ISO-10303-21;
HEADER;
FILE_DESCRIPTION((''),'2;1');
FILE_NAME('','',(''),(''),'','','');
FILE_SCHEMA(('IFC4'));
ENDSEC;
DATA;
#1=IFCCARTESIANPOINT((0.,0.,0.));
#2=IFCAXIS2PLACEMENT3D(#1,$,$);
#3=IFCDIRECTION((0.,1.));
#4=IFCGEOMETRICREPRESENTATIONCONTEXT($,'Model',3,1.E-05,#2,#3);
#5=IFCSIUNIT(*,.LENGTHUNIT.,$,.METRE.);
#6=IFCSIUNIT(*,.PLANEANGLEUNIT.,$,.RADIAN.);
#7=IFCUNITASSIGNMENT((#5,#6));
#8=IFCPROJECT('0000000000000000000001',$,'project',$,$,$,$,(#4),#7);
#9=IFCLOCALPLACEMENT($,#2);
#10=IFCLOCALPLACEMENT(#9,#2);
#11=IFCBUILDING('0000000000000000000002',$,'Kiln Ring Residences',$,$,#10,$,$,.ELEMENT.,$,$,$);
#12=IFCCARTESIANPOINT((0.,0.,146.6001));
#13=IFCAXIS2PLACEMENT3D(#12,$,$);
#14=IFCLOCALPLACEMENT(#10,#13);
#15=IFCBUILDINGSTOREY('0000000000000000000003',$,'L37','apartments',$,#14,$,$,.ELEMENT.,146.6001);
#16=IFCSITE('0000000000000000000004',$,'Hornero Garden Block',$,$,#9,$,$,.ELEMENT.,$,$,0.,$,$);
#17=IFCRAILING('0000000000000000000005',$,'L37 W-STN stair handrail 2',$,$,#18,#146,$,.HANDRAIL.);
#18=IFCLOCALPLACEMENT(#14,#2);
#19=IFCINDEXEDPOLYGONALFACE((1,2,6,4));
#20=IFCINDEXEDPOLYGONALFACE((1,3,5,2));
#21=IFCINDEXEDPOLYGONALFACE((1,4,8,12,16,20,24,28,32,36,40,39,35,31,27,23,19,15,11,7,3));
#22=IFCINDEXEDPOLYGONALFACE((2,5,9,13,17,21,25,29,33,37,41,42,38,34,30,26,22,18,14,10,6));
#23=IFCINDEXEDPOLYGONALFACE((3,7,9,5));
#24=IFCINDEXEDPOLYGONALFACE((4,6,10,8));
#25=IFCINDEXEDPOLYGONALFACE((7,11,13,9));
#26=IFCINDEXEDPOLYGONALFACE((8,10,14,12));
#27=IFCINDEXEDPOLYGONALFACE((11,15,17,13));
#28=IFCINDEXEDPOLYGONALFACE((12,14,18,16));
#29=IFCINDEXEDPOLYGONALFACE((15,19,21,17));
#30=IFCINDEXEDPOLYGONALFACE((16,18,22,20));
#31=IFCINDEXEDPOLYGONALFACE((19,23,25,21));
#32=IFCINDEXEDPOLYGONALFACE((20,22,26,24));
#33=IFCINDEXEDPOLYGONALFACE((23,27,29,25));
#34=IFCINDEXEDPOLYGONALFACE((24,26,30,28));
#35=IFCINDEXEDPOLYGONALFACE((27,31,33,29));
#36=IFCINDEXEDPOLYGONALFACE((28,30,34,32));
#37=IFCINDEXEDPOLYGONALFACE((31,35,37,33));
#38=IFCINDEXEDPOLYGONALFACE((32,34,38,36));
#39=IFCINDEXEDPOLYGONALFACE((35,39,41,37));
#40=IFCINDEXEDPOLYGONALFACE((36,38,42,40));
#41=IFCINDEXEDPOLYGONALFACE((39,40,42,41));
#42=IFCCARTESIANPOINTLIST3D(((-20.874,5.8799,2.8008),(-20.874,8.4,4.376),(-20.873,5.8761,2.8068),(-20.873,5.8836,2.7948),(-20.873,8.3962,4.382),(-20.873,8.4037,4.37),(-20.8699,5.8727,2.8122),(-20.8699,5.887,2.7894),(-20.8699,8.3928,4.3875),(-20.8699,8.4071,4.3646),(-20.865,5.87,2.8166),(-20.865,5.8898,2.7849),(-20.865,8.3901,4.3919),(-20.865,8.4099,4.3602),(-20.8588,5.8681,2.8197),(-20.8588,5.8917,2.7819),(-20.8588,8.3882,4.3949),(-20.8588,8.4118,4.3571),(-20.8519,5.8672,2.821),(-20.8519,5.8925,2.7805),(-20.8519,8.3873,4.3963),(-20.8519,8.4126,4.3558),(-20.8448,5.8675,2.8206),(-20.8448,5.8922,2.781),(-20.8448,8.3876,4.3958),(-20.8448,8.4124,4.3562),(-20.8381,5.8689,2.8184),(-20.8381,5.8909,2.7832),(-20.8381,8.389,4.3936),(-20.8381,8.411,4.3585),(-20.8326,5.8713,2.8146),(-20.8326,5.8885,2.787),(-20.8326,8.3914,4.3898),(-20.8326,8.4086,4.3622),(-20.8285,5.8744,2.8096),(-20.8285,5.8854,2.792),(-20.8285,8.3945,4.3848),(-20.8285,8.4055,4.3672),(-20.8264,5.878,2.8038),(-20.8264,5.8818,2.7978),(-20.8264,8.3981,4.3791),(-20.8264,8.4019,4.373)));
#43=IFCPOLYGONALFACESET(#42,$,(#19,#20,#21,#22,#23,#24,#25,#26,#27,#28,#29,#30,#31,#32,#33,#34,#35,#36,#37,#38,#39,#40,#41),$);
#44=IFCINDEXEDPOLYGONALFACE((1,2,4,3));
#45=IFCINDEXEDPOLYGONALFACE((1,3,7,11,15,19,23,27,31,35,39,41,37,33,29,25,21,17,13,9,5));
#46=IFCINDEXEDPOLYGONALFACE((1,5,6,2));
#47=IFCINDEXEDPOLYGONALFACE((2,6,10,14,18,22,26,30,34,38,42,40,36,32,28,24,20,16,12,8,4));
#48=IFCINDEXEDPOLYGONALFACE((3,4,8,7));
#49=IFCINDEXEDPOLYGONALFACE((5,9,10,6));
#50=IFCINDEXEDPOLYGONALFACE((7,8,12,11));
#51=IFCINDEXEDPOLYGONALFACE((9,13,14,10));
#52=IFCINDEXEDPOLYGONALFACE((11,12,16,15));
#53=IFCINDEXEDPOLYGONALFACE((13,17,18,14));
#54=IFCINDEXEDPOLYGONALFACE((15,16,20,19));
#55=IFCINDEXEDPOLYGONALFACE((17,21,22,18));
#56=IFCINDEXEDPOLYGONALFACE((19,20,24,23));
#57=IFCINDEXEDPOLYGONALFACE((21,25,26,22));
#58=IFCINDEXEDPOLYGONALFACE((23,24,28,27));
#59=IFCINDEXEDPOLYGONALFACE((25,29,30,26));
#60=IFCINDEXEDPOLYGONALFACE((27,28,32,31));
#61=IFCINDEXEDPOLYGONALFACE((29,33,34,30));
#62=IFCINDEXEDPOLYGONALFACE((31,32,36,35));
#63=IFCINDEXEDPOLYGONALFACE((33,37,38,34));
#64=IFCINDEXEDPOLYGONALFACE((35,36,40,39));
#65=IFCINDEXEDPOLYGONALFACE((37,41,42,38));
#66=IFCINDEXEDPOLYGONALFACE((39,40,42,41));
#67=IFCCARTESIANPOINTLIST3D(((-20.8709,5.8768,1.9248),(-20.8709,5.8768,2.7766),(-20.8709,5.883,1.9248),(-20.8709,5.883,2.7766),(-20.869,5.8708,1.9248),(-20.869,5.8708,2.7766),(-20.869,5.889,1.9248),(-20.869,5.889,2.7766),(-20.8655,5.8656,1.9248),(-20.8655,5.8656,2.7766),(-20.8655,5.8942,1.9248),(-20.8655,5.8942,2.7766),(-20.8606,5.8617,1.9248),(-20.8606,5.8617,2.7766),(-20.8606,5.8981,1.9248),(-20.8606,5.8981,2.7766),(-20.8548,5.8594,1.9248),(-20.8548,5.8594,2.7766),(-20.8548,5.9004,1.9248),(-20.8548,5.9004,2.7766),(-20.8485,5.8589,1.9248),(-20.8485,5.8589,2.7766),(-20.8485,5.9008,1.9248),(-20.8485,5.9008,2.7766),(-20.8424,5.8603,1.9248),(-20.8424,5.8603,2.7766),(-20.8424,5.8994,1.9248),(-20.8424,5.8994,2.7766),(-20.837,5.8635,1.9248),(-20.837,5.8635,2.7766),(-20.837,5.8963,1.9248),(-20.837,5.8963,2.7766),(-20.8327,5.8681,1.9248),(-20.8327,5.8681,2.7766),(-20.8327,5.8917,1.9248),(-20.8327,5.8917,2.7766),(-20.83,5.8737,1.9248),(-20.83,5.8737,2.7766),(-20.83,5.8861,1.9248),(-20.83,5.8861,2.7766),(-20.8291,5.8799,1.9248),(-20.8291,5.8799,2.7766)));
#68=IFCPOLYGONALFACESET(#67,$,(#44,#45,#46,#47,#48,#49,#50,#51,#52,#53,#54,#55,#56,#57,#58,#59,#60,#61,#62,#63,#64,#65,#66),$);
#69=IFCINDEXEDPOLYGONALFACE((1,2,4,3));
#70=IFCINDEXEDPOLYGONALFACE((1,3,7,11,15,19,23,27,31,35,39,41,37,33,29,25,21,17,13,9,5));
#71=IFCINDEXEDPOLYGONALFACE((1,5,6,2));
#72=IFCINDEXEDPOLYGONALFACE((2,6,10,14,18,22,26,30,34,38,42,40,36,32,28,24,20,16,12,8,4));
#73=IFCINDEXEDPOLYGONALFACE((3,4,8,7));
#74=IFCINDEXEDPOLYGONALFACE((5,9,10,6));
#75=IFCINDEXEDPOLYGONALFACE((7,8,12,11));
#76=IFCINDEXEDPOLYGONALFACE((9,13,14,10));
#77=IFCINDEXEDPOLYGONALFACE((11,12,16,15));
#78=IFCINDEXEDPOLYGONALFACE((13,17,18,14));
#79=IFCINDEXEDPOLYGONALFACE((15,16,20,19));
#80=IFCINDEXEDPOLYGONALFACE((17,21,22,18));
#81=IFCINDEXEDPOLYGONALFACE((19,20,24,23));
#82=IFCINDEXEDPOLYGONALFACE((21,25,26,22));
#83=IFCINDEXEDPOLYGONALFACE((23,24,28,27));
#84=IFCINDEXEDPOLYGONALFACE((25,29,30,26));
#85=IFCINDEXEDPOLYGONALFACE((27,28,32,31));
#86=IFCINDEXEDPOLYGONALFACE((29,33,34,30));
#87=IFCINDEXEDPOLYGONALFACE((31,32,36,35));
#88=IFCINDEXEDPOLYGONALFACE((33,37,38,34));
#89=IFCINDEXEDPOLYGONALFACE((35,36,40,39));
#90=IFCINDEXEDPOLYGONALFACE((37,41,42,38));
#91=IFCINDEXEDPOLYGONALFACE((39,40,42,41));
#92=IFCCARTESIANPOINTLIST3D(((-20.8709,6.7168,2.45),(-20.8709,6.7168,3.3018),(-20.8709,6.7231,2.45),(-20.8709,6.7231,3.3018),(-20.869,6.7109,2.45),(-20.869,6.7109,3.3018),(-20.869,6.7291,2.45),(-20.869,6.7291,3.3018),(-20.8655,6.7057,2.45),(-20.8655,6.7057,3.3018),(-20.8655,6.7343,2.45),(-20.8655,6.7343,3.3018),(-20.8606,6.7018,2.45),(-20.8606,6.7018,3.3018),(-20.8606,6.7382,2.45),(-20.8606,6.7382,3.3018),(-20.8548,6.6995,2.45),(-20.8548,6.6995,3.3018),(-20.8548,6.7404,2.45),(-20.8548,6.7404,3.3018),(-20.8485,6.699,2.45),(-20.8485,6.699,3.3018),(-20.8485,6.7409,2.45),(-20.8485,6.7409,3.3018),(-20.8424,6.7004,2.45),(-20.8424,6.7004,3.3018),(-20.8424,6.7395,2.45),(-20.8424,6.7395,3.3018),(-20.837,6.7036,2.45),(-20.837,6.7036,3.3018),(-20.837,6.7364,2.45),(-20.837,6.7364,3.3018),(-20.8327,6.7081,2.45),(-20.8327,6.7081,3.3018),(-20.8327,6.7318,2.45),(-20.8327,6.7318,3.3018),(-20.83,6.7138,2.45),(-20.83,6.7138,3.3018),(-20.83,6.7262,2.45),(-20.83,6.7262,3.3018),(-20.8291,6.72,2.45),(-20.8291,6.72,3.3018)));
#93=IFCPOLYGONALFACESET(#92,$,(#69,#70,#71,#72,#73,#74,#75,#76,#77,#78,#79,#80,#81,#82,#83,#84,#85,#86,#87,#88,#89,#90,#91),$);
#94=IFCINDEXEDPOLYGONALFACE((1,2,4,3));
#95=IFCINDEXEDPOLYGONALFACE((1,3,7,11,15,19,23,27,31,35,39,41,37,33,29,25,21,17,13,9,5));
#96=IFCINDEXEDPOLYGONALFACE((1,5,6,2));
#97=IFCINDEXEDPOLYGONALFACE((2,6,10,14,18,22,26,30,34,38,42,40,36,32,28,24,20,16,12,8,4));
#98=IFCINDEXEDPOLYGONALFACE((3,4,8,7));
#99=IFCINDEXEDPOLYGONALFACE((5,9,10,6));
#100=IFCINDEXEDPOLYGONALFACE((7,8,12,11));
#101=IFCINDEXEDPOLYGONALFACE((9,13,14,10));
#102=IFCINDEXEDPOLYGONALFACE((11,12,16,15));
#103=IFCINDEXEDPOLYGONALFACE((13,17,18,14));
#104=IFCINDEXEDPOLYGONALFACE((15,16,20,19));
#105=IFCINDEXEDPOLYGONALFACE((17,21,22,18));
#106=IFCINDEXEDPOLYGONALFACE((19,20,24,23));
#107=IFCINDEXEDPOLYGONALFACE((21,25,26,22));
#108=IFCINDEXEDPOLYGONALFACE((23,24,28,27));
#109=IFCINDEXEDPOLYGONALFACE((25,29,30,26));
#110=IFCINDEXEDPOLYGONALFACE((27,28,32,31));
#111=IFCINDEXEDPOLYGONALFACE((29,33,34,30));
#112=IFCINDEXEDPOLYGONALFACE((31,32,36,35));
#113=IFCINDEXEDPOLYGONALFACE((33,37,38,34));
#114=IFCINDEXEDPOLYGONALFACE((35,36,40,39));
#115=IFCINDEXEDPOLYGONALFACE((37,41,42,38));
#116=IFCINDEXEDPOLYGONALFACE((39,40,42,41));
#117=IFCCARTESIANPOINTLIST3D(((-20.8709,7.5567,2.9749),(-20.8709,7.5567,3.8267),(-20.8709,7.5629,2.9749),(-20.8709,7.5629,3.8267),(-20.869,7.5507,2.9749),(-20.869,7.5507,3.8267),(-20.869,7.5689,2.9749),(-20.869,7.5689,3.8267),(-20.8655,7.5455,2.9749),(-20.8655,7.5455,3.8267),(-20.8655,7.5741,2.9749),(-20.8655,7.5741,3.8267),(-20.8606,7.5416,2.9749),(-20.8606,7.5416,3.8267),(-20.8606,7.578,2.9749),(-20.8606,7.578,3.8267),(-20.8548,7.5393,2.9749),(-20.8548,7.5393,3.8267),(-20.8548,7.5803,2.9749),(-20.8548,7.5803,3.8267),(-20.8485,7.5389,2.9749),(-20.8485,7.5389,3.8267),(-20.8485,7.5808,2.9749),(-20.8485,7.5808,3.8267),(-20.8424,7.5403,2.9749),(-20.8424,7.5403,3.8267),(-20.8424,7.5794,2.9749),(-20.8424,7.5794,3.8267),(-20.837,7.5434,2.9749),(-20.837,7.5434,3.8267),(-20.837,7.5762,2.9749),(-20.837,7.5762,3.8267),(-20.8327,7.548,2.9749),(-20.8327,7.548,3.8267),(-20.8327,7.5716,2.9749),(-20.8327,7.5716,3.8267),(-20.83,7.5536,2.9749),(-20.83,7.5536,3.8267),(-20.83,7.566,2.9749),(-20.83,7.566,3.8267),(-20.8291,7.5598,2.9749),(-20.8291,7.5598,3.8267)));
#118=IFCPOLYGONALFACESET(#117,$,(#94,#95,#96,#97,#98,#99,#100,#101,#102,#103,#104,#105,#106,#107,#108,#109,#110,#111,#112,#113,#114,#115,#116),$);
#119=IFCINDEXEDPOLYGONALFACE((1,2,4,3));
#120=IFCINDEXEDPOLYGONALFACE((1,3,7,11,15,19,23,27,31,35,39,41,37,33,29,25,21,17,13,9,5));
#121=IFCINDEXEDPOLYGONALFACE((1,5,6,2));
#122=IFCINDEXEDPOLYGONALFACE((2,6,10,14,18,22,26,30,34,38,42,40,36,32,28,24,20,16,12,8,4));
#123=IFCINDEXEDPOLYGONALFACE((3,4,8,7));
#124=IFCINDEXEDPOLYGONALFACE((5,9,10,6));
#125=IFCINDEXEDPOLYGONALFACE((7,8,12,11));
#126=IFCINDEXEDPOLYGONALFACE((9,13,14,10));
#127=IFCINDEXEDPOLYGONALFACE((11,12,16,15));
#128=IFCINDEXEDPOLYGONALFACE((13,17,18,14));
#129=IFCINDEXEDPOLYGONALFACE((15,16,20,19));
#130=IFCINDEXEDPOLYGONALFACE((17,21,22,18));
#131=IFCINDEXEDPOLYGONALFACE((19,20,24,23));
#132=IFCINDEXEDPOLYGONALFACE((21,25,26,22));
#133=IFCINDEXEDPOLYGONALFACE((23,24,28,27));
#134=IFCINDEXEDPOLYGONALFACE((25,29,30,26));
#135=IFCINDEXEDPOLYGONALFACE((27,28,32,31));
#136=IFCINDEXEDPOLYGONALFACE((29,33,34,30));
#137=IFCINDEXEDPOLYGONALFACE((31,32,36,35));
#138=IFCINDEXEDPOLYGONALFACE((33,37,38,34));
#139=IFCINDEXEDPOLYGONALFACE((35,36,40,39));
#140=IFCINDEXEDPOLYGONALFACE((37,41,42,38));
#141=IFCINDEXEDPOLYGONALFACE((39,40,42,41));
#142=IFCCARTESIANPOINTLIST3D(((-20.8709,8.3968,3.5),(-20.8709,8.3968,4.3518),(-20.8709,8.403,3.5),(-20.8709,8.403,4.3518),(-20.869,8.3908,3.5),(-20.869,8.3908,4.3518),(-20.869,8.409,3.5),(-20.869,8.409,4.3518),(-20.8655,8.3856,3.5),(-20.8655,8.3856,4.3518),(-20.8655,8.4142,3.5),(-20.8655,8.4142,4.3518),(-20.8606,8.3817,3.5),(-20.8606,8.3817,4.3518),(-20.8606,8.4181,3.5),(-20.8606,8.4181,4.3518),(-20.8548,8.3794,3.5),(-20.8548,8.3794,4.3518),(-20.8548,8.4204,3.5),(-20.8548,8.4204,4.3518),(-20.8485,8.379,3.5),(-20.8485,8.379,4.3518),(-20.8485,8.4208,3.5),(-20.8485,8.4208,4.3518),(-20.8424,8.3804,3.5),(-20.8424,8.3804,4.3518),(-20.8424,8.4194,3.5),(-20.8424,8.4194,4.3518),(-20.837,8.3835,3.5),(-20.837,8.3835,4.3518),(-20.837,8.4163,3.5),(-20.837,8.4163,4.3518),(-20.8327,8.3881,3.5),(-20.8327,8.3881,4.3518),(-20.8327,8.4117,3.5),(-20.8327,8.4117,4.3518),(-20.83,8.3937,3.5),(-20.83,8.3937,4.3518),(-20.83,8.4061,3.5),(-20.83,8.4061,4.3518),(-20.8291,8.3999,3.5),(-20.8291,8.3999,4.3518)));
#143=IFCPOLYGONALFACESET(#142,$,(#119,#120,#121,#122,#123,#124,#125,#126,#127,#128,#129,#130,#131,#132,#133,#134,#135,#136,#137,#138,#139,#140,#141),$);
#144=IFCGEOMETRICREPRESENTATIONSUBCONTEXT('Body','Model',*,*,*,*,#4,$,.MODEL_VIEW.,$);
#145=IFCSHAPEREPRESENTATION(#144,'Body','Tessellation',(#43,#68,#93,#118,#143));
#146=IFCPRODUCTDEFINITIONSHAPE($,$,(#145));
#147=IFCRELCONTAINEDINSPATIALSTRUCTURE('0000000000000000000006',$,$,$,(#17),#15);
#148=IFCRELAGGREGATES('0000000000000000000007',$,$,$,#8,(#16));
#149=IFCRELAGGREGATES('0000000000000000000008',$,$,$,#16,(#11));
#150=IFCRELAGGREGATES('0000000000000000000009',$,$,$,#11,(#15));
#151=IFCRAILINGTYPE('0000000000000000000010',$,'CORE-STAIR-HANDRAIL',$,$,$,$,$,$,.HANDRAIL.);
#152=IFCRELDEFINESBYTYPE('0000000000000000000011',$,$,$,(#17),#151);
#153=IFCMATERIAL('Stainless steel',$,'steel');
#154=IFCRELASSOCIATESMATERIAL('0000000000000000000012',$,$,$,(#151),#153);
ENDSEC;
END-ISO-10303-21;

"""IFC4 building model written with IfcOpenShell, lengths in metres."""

from ifc_helpers import new_model, si_unit, direction, frame, origin, origin_2d, place, context, subcontext, project, spatial, circle, extrude, material, type_object, element, save


model = new_model("IFC4")

# Units and contexts
model_context = context("Model", 3, precision=1e-05, world=origin(), true_north=direction((0.0, 1.0)))
body_context = subcontext(model_context, "Body", "Model", "MODEL_VIEW")
ifc_project = project(units=[si_unit("LENGTHUNIT", "METRE"), si_unit("PLANEANGLEUNIT", "RADIAN")], contexts=[model_context])

# Site, building, storey
site_placement = place(None, origin())
site = spatial("IfcSite", under=ifc_project, at=site_placement, Name="Hornero Garden Block", CompositionType="ELEMENT", RefElevation=0.0)
building_placement = place(site_placement, origin())
building = spatial("IfcBuilding", under=site, at=building_placement, Name="Kiln Ring Residences", CompositionType="ELEMENT")
storey_placement = place(building_placement, frame((0.0, 0.0, 146.6001)))
storey = spatial("IfcBuildingStorey", under=building, at=storey_placement, Name="L37", Description="apartments", CompositionType="ELEMENT", Elevation=146.6001)

# Railing
ifc_material_1 = material(Name="Stainless steel", Category="steel")
railing_type_1 = type_object("IfcRailingType", Name="CORE-STAIR-HANDRAIL", PredefinedType="HANDRAIL", material=ifc_material_1)
railing_1_placement = place(storey_placement, frame((-20.8501, 5.8799, 1.9248)))
element("IfcRailing", 1, at=railing_1_placement, inside=storey, type_object=railing_type_1, Name="L37 W-STN stair handrail 2", PredefinedType="HANDRAIL", context=body_context, shape_type="SweptSolid", body=[
    extrude(circle(Radius=0.0239, at=origin_2d()), frame((0.0, 0.0, 0.876), z_axis=(0.0, 0.847971, 0.530043), x_axis=(-1.0, 0.0, 0.0)), (0.0, 0.0, 1.0), 2.9719),
    extrude(circle(Radius=0.021, at=origin_2d()), origin(), (0.0, 0.0, 1.0), 0.8518),
    extrude(circle(Radius=0.021, at=origin_2d()), frame((0.0, 0.8401, 0.5251)), (0.0, 0.0, 1.0), 0.8518),
    extrude(circle(Radius=0.021, at=origin_2d()), frame((0.0, 1.6799, 1.05)), (0.0, 0.0, 1.0), 0.8518),
    extrude(circle(Radius=0.021, at=origin_2d()), frame((0.0, 2.52, 1.5752)), (0.0, 0.0, 1.0), 0.8518),
])

save(model, "model.ifc")
